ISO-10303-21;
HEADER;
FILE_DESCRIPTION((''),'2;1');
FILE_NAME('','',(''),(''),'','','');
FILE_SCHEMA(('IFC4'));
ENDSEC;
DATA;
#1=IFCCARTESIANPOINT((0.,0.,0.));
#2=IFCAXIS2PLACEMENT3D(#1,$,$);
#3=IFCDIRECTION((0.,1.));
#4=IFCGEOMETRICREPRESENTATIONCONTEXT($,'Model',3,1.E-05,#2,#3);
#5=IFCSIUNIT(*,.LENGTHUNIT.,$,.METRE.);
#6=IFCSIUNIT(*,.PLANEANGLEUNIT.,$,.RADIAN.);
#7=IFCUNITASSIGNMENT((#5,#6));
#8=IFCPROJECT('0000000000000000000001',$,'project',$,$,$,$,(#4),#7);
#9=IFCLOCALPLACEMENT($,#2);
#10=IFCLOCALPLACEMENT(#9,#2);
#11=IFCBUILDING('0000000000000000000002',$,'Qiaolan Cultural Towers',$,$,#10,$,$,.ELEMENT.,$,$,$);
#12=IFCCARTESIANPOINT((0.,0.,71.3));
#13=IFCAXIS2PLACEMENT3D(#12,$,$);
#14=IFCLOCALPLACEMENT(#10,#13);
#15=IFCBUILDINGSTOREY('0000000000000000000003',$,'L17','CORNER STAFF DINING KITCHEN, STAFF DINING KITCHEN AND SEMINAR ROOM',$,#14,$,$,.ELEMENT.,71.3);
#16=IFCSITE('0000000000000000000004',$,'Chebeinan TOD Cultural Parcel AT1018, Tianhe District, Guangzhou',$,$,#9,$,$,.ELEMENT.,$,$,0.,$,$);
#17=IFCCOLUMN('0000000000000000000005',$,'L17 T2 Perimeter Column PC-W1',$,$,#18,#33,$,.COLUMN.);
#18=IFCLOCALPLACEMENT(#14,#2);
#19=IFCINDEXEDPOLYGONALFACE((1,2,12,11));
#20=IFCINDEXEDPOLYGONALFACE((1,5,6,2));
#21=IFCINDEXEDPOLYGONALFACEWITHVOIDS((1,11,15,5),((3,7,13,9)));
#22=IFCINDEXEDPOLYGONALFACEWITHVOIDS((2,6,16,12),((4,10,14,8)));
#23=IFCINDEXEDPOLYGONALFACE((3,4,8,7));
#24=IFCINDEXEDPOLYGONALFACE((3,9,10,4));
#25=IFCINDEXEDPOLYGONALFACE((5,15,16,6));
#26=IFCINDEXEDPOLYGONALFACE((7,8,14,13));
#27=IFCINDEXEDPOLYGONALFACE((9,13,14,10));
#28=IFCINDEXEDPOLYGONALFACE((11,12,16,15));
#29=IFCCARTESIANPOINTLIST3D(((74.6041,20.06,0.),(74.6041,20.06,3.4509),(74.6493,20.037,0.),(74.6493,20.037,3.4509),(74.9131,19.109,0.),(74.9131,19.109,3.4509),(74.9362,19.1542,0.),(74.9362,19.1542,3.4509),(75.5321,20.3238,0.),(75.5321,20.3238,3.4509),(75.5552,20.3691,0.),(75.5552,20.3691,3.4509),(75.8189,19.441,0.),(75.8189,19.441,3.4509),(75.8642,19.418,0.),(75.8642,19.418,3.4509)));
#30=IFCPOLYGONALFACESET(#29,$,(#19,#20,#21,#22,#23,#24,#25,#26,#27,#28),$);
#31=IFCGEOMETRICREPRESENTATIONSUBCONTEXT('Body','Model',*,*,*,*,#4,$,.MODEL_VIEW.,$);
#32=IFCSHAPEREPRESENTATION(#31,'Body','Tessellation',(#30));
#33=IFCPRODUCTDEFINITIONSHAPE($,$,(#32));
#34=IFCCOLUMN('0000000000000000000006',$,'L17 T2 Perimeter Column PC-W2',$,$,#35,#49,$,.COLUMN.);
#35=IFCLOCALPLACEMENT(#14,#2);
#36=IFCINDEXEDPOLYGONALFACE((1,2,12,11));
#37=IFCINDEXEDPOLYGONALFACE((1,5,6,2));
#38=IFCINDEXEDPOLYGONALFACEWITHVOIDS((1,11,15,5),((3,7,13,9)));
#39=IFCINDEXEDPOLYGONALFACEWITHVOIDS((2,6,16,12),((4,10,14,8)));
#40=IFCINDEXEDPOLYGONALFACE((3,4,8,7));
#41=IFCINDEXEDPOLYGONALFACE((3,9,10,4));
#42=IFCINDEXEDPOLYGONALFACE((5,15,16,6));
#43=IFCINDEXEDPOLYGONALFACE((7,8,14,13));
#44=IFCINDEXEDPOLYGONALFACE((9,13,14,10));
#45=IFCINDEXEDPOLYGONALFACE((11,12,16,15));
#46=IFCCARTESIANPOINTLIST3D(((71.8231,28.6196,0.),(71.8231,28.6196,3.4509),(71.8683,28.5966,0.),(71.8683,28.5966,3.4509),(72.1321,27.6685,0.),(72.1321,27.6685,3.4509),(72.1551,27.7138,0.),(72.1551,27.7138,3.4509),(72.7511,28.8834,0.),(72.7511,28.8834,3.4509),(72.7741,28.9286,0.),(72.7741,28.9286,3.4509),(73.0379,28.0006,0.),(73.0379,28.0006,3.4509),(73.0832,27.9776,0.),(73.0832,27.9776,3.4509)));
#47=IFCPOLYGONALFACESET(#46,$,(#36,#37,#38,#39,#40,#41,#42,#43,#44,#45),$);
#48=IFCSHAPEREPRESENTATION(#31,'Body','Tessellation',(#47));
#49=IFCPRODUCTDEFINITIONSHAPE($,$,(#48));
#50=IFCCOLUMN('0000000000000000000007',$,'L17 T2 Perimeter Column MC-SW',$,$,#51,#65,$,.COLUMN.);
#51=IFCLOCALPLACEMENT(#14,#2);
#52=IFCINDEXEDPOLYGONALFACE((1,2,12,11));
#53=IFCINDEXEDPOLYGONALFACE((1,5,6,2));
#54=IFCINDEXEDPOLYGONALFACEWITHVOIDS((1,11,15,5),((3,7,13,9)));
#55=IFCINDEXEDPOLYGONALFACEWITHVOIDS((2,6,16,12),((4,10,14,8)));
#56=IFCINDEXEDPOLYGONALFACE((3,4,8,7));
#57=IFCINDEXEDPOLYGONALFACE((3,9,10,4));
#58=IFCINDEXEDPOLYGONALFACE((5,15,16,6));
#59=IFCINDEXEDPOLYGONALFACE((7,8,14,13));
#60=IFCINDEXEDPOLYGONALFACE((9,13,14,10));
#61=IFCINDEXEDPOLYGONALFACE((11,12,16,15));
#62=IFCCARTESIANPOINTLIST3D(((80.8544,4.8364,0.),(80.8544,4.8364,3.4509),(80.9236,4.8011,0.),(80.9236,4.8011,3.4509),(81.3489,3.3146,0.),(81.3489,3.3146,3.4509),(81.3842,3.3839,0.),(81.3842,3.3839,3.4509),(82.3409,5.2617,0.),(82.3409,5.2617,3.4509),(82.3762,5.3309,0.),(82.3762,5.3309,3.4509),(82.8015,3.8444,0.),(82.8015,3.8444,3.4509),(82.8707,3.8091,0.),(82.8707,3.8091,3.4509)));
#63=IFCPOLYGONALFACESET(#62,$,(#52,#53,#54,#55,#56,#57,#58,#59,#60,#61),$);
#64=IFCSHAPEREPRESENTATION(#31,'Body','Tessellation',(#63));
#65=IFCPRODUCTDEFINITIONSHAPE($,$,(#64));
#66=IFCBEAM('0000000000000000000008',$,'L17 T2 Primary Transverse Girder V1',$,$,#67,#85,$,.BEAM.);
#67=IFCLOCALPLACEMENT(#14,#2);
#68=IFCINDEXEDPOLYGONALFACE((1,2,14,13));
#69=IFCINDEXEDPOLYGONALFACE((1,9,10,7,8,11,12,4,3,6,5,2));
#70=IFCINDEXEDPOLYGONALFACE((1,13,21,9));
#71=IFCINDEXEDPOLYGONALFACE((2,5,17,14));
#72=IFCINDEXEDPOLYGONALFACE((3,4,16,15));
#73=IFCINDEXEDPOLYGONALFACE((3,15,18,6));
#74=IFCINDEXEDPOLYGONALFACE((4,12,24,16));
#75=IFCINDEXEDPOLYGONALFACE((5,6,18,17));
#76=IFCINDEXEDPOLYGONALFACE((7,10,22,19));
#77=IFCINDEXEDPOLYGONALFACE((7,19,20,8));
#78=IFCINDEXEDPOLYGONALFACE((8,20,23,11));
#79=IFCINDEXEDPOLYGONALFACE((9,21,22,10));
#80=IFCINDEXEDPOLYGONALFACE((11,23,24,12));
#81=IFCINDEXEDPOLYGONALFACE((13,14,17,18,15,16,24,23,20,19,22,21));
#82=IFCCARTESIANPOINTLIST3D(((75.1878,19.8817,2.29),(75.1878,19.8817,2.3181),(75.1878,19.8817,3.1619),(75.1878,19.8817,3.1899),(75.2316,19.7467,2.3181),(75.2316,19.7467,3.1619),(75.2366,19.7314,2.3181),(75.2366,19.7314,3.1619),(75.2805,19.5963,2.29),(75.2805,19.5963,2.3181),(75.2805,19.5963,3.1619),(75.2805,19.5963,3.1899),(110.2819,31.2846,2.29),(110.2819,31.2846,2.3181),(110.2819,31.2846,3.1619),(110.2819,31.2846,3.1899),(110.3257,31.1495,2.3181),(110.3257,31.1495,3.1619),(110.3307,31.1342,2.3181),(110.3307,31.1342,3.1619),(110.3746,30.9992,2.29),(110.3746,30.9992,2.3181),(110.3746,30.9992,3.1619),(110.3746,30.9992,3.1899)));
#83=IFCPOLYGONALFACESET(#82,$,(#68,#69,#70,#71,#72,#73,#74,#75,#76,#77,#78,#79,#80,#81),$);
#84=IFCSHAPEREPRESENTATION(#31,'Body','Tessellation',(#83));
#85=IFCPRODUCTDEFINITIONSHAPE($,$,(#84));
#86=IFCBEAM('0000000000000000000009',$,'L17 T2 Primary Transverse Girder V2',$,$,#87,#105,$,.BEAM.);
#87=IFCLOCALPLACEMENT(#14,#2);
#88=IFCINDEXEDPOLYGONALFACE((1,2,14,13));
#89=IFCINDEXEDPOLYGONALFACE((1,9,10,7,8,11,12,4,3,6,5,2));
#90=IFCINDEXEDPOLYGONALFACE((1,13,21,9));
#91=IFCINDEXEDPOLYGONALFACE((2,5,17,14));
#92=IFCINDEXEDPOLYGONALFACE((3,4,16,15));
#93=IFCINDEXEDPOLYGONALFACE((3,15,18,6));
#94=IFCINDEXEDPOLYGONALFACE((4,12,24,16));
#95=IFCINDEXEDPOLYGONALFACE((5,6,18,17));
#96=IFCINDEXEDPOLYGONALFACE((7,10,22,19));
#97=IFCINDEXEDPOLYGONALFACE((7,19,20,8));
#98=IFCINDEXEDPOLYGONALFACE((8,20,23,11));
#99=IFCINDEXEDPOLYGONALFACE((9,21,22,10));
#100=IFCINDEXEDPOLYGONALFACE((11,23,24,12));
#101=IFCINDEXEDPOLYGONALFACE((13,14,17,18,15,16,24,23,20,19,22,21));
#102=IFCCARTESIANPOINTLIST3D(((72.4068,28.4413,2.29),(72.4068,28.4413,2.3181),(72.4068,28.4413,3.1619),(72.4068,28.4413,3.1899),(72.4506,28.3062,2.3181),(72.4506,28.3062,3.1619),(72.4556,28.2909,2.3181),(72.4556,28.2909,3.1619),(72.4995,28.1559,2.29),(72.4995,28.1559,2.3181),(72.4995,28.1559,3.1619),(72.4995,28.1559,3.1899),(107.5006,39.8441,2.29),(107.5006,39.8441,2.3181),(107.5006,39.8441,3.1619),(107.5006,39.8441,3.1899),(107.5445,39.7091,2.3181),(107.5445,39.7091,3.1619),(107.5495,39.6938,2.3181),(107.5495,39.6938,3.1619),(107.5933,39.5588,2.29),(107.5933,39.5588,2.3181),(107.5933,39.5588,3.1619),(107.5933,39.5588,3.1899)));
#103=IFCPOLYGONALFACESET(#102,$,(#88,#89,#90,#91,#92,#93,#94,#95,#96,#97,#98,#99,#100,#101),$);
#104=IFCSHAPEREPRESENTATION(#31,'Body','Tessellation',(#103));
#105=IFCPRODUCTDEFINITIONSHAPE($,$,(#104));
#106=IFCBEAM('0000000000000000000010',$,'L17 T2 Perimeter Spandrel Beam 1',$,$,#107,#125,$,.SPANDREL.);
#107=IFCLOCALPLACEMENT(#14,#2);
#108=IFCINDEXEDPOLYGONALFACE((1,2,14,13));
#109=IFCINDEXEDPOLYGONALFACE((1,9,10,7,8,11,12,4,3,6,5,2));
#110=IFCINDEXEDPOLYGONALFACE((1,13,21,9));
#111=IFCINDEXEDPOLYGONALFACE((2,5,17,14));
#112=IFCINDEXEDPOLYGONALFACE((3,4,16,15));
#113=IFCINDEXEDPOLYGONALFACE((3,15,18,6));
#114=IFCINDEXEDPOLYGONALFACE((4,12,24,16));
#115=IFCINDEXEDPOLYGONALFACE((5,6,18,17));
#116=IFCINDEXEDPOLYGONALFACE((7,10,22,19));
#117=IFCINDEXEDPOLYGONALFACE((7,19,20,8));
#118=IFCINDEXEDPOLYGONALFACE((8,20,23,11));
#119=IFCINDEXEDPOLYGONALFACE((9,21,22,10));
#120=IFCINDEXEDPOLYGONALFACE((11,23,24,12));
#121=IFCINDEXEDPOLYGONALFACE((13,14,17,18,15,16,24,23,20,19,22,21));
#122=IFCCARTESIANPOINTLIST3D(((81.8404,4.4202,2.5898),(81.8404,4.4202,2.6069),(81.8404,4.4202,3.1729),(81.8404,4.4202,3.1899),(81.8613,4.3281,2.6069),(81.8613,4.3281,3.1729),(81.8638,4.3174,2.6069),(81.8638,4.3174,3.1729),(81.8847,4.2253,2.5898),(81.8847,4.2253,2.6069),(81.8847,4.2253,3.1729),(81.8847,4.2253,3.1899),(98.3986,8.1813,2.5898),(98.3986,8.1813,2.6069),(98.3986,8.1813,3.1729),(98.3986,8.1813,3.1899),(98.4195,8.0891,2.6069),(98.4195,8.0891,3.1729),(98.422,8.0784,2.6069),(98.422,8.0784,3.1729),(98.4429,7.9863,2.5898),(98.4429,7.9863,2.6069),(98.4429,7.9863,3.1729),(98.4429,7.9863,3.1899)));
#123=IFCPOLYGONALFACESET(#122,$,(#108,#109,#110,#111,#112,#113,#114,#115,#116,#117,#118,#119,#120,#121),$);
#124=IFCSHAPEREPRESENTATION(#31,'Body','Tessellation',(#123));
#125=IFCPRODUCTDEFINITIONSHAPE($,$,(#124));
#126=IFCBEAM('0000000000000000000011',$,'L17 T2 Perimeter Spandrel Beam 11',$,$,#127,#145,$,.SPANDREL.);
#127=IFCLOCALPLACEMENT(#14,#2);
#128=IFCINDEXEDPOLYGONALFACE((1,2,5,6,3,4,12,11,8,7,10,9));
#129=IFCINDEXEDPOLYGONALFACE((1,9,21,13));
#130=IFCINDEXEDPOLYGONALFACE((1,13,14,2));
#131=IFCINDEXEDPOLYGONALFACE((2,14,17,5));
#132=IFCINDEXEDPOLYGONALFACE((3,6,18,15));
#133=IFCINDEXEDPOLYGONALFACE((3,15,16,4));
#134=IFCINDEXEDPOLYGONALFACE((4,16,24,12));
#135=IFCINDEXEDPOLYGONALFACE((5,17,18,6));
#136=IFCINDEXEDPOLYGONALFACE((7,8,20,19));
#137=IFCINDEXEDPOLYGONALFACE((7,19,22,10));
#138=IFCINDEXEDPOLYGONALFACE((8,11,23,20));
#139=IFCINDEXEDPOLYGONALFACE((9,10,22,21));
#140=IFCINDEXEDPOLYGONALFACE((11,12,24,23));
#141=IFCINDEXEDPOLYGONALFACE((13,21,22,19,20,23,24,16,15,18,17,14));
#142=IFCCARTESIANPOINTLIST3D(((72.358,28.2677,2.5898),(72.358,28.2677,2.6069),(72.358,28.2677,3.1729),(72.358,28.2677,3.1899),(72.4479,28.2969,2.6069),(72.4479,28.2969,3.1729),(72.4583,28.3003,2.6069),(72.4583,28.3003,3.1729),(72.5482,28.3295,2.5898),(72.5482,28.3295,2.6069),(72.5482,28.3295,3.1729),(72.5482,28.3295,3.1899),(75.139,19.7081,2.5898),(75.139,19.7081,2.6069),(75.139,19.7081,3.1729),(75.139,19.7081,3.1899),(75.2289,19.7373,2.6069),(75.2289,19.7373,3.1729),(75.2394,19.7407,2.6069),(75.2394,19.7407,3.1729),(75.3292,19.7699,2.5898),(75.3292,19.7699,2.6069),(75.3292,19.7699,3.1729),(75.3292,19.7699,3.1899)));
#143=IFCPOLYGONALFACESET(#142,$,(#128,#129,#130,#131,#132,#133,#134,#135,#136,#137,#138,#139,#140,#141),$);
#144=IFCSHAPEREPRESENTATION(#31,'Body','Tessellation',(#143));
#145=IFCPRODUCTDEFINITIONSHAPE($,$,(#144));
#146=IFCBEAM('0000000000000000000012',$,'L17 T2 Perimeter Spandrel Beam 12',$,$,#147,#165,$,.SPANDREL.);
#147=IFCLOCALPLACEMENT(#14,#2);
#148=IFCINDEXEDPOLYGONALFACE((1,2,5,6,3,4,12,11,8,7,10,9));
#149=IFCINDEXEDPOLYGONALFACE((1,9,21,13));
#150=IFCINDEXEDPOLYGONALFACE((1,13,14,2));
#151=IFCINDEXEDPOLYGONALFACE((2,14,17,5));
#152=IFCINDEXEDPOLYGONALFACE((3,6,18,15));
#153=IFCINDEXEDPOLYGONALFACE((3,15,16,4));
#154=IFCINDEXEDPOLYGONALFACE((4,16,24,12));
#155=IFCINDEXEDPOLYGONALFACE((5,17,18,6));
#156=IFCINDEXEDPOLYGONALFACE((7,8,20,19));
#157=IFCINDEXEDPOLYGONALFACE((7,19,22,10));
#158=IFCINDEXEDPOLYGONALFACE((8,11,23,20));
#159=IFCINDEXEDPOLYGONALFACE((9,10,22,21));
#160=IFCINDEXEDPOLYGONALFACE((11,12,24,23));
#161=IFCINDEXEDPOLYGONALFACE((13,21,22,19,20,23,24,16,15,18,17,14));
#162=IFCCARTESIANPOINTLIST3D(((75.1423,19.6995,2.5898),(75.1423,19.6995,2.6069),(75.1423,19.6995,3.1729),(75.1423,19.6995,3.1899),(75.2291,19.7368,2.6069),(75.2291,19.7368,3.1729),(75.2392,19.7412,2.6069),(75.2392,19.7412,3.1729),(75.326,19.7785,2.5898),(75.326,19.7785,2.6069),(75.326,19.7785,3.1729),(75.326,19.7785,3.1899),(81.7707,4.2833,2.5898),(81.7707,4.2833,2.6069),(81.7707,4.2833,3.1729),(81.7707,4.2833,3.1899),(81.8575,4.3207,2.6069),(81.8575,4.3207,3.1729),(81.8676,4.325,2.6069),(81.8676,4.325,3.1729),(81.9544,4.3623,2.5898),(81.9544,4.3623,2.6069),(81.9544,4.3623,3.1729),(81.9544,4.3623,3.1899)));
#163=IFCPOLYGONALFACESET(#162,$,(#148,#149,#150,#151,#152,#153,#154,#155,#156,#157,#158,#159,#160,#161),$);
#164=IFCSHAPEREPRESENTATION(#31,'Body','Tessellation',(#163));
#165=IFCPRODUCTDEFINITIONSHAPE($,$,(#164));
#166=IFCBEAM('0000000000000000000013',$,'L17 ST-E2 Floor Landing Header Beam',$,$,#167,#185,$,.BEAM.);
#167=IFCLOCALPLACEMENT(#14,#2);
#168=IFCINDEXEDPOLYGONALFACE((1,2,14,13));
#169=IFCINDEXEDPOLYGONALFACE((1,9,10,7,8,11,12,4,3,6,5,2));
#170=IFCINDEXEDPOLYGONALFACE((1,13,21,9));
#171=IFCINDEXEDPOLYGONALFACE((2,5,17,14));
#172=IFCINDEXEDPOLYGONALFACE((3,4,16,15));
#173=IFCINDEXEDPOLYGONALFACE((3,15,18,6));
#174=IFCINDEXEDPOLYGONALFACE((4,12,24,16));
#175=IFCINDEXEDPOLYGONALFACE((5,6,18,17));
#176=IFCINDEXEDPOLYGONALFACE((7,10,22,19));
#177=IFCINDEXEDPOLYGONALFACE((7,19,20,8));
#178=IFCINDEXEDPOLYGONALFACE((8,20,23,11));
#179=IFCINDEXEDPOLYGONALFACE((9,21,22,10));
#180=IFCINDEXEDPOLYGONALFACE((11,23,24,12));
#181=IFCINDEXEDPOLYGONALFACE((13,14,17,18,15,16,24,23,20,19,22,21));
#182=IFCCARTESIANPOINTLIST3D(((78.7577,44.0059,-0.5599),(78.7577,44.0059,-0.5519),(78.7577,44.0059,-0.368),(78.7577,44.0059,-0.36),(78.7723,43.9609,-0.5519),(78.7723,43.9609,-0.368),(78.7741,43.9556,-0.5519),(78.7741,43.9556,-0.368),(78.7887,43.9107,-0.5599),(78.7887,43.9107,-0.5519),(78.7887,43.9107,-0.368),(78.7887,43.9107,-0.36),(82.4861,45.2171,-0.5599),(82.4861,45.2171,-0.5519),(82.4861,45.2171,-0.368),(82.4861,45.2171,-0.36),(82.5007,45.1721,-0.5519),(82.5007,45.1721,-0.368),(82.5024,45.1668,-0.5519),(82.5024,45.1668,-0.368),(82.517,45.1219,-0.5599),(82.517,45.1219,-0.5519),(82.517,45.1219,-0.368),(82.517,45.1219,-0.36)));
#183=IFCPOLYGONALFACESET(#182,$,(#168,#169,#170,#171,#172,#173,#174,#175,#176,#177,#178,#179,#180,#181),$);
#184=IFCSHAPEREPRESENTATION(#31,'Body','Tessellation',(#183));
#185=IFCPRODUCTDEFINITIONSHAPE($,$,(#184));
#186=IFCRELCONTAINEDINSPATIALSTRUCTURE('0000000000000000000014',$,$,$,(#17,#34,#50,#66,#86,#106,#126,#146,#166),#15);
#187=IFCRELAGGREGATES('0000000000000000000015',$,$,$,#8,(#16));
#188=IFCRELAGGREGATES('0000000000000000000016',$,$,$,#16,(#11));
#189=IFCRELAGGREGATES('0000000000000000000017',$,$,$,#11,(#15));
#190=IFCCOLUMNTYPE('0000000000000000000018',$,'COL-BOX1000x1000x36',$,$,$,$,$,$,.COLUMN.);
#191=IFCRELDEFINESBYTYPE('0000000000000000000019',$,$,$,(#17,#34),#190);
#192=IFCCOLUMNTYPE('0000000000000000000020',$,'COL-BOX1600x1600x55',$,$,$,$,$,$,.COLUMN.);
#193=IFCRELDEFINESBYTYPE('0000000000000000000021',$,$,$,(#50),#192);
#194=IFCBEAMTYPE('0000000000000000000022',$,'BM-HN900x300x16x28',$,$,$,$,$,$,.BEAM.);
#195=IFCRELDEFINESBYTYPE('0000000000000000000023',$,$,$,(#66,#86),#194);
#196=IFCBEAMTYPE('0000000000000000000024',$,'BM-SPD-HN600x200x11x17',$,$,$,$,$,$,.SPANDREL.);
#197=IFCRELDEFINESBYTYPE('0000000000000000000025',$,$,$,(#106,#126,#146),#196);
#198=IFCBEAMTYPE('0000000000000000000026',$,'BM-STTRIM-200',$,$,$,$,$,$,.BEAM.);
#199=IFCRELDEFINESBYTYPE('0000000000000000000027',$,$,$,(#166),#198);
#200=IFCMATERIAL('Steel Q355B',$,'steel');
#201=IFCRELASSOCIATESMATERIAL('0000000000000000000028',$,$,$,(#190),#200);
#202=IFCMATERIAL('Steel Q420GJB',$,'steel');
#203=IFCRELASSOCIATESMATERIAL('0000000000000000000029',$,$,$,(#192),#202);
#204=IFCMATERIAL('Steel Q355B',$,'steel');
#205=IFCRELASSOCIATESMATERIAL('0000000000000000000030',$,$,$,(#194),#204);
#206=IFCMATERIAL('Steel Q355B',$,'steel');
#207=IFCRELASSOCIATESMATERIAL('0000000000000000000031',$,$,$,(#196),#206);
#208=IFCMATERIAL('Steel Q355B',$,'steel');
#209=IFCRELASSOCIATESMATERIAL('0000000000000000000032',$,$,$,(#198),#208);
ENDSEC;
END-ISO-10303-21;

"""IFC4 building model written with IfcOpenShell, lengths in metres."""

from ifc_helpers import new_model, si_unit, direction, frame, origin, origin_2d, place, context, subcontext, project, spatial, hollow_rectangle, i_section, extrude, material, material_profile, profile_set, type_object, element, save


model = new_model("IFC4")

# Units and contexts
model_context = context("Model", 3, precision=1e-05, world=origin(), true_north=direction((0.0, 1.0)))
body_context = subcontext(model_context, "Body", "Model", "MODEL_VIEW")
ifc_project = project(units=[si_unit("LENGTHUNIT", "METRE"), si_unit("PLANEANGLEUNIT", "RADIAN")], contexts=[model_context])

# Site, building, storey
site_placement = place(None, origin())
site = spatial("IfcSite", under=ifc_project, at=site_placement, Name="Chebeinan TOD Cultural Parcel AT1018, Tianhe District, Guangzhou", CompositionType="ELEMENT", RefElevation=0.0)
building_placement = place(site_placement, origin())
building = spatial("IfcBuilding", under=site, at=building_placement, Name="Qiaolan Cultural Towers", CompositionType="ELEMENT")
storey_placement = place(building_placement, frame((0.0, 0.0, 71.3)))
storey = spatial("IfcBuildingStorey", under=building, at=storey_placement, Name="L17", Description="CORNER STAFF DINING KITCHEN, STAFF DINING KITCHEN AND SEMINAR ROOM", CompositionType="ELEMENT", Elevation=71.3)

# Columns
ifc_material_1 = material(Name="Steel Q355B", Category="steel")
ifc_material_profile_1 = material_profile(ifc_material_1, hollow_rectangle(XDim=1.0, YDim=1.0, WallThickness=0.0359, at=origin_2d()), Name="BOX1000x1000x36")
ifc_profile_set_1 = profile_set([ifc_material_profile_1], Name="Steel Q355B")
column_type_1 = type_object("IfcColumnType", Name="COL-BOX1000x1000x36", PredefinedType="COLUMN", material=ifc_profile_set_1)
for number, where, z_axis, x_axis, name in (
    (1, (75.2341, 19.739, 0.0), (0.0, 0.0, 1.0), (0.951057, 0.309017, 0.0), "L17 T2 Perimeter Column PC-W1"),
    (2, (72.4531, 28.2986, 0.0), (0.0, 0.0, 1.0), (0.951057, 0.309017, 0.0), "L17 T2 Perimeter Column PC-W2"),
):
    element("IfcColumn", number, at=place(storey_placement, frame(where, z_axis=z_axis, x_axis=x_axis)), inside=storey, type_object=column_type_1, Name=name, PredefinedType="COLUMN", context=body_context, shape_type="SweptSolid", body=[
        extrude(hollow_rectangle(XDim=1.0, YDim=1.0, WallThickness=0.0359, at=origin_2d()), origin(), (0.0, 0.0, 1.0), 3.4509),
    ])
ifc_material_2 = material(Name="Steel Q420GJB", Category="steel")
ifc_material_profile_2 = material_profile(ifc_material_2, hollow_rectangle(XDim=1.6001, YDim=1.6001, WallThickness=0.0549, at=origin_2d()), Name="BOX1600x1600x55")
ifc_profile_set_2 = profile_set([ifc_material_profile_2], Name="Steel Q420GJB")
column_type_2 = type_object("IfcColumnType", Name="COL-BOX1600x1600x55", PredefinedType="COLUMN", material=ifc_profile_set_2)
column_placement = place(storey_placement, frame((81.8625, 4.3228, 0.0), z_axis=(0.0, 0.0, 1.0), x_axis=(0.951057, 0.309017, 0.0)))
element("IfcColumn", 3, at=column_placement, inside=storey, type_object=column_type_2, Name="L17 T2 Perimeter Column MC-SW", PredefinedType="COLUMN", context=body_context, shape_type="SweptSolid", body=[
    extrude(hollow_rectangle(XDim=1.6001, YDim=1.6001, WallThickness=0.0549, at=origin_2d()), origin(), (0.0, 0.0, 1.0), 3.4509),
])

# Beams
ifc_material_3 = material(Name="Steel Q355B", Category="steel")
ifc_material_profile_3 = material_profile(ifc_material_3, i_section(OverallWidth=0.3, OverallDepth=0.8999, WebThickness=0.0161, FlangeThickness=0.0281, at=origin_2d()), Name="HN900x300x16x28")
ifc_profile_set_3 = profile_set([ifc_material_profile_3], Name="Steel Q355B")
beam_type_1 = type_object("IfcBeamType", Name="BM-HN900x300x16x28", PredefinedType="BEAM", material=ifc_profile_set_3)
beam_1_placement = place(storey_placement, frame((75.2341, 19.739, 2.74), z_axis=(0.951056, 0.309019, 0.0), x_axis=(-0.309019, 0.951056, 0.0)))
element("IfcBeam", 4, at=beam_1_placement, inside=storey, type_object=beam_type_1, Name="L17 T2 Primary Transverse Girder V1", PredefinedType="BEAM", context=body_context, shape_type="SweptSolid", body=[
    extrude(i_section(OverallWidth=0.3, OverallDepth=0.8999, WebThickness=0.0161, FlangeThickness=0.0281, at=origin_2d()), origin(), (0.0, 0.0, 1.0), 36.9001),
])
beam_2_placement = place(storey_placement, frame((72.4531, 28.2986, 2.74), z_axis=(0.951055, 0.309021, 0.0), x_axis=(-0.309021, 0.951055, 0.0)))
element("IfcBeam", 5, at=beam_2_placement, inside=storey, type_object=beam_type_1, Name="L17 T2 Primary Transverse Girder V2", PredefinedType="BEAM", context=body_context, shape_type="SweptSolid", body=[
    extrude(i_section(OverallWidth=0.3, OverallDepth=0.8999, WebThickness=0.0161, FlangeThickness=0.0281, at=origin_2d()), origin(), (0.0, 0.0, 1.0), 36.8999),
])
ifc_material_4 = material(Name="Steel Q355B", Category="steel")
ifc_material_profile_4 = material_profile(ifc_material_4, i_section(OverallWidth=0.2, OverallDepth=0.6001, WebThickness=0.011, FlangeThickness=0.0171, at=origin_2d()), Name="HN600x200x11x17")
ifc_profile_set_4 = profile_set([ifc_material_profile_4], Name="Steel Q355B")
beam_type_2 = type_object("IfcBeamType", Name="BM-SPD-HN600x200x11x17", PredefinedType="SPANDREL", material=ifc_profile_set_4)
beam_3_placement = place(storey_placement, frame((81.8625, 4.3228, 2.8899), z_axis=(0.975161, 0.221497, 0.0), x_axis=(-0.221497, 0.975161, 0.0)))
element("IfcBeam", 6, at=beam_3_placement, inside=storey, type_object=beam_type_2, Name="L17 T2 Perimeter Spandrel Beam 1", PredefinedType="SPANDREL", context=body_context, shape_type="SweptSolid", body=[
    extrude(i_section(OverallWidth=0.2, OverallDepth=0.6001, WebThickness=0.011, FlangeThickness=0.0171, at=origin_2d()), origin(), (0.0, 0.0, 1.0), 16.98),
])
beam_4_placement = place(storey_placement, frame((72.4531, 28.2986, 2.8899), z_axis=(0.309, -0.951062, 0.0), x_axis=(0.951062, 0.309, 0.0)))
element("IfcBeam", 7, at=beam_4_placement, inside=storey, type_object=beam_type_2, Name="L17 T2 Perimeter Spandrel Beam 11", PredefinedType="SPANDREL", context=body_context, shape_type="SweptSolid", body=[
    extrude(i_section(OverallWidth=0.2, OverallDepth=0.6001, WebThickness=0.011, FlangeThickness=0.0171, at=origin_2d()), origin(), (0.0, 0.0, 1.0), 9.0),
])
beam_5_placement = place(storey_placement, frame((75.2341, 19.739, 2.8899), z_axis=(0.394999, -0.918682, 0.0), x_axis=(0.918682, 0.394999, 0.0)))
element("IfcBeam", 8, at=beam_5_placement, inside=storey, type_object=beam_type_2, Name="L17 T2 Perimeter Spandrel Beam 12", PredefinedType="SPANDREL", context=body_context, shape_type="SweptSolid", body=[
    extrude(i_section(OverallWidth=0.2, OverallDepth=0.6001, WebThickness=0.011, FlangeThickness=0.0171, at=origin_2d()), origin(), (0.0, 0.0, 1.0), 16.7808),
])
ifc_material_5 = material(Name="Steel Q355B", Category="steel")
ifc_material_profile_5 = material_profile(ifc_material_5, i_section(OverallWidth=0.1001, OverallDepth=0.2, WebThickness=0.0056, FlangeThickness=0.0081, at=origin_2d()), Name="HN200x100x5.5x8")
ifc_profile_set_5 = profile_set([ifc_material_profile_5], Name="Steel Q355B")
beam_type_3 = type_object("IfcBeamType", Name="BM-STTRIM-200", PredefinedType="BEAM", material=ifc_profile_set_5)
beam_6_placement = place(storey_placement, frame((78.7732, 43.9583, -0.46), z_axis=(0.951072, 0.308969, 0.0), x_axis=(-0.308969, 0.951072, 0.0)))
element("IfcBeam", 9, at=beam_6_placement, inside=storey, type_object=beam_type_3, Name="L17 ST-E2 Floor Landing Header Beam", PredefinedType="BEAM", context=body_context, shape_type="SweptSolid", body=[
    extrude(i_section(OverallWidth=0.1001, OverallDepth=0.2, WebThickness=0.0056, FlangeThickness=0.0081, at=origin_2d()), origin(), (0.0, 0.0, 1.0), 3.9202),
])

save(model, "model.ifc")
